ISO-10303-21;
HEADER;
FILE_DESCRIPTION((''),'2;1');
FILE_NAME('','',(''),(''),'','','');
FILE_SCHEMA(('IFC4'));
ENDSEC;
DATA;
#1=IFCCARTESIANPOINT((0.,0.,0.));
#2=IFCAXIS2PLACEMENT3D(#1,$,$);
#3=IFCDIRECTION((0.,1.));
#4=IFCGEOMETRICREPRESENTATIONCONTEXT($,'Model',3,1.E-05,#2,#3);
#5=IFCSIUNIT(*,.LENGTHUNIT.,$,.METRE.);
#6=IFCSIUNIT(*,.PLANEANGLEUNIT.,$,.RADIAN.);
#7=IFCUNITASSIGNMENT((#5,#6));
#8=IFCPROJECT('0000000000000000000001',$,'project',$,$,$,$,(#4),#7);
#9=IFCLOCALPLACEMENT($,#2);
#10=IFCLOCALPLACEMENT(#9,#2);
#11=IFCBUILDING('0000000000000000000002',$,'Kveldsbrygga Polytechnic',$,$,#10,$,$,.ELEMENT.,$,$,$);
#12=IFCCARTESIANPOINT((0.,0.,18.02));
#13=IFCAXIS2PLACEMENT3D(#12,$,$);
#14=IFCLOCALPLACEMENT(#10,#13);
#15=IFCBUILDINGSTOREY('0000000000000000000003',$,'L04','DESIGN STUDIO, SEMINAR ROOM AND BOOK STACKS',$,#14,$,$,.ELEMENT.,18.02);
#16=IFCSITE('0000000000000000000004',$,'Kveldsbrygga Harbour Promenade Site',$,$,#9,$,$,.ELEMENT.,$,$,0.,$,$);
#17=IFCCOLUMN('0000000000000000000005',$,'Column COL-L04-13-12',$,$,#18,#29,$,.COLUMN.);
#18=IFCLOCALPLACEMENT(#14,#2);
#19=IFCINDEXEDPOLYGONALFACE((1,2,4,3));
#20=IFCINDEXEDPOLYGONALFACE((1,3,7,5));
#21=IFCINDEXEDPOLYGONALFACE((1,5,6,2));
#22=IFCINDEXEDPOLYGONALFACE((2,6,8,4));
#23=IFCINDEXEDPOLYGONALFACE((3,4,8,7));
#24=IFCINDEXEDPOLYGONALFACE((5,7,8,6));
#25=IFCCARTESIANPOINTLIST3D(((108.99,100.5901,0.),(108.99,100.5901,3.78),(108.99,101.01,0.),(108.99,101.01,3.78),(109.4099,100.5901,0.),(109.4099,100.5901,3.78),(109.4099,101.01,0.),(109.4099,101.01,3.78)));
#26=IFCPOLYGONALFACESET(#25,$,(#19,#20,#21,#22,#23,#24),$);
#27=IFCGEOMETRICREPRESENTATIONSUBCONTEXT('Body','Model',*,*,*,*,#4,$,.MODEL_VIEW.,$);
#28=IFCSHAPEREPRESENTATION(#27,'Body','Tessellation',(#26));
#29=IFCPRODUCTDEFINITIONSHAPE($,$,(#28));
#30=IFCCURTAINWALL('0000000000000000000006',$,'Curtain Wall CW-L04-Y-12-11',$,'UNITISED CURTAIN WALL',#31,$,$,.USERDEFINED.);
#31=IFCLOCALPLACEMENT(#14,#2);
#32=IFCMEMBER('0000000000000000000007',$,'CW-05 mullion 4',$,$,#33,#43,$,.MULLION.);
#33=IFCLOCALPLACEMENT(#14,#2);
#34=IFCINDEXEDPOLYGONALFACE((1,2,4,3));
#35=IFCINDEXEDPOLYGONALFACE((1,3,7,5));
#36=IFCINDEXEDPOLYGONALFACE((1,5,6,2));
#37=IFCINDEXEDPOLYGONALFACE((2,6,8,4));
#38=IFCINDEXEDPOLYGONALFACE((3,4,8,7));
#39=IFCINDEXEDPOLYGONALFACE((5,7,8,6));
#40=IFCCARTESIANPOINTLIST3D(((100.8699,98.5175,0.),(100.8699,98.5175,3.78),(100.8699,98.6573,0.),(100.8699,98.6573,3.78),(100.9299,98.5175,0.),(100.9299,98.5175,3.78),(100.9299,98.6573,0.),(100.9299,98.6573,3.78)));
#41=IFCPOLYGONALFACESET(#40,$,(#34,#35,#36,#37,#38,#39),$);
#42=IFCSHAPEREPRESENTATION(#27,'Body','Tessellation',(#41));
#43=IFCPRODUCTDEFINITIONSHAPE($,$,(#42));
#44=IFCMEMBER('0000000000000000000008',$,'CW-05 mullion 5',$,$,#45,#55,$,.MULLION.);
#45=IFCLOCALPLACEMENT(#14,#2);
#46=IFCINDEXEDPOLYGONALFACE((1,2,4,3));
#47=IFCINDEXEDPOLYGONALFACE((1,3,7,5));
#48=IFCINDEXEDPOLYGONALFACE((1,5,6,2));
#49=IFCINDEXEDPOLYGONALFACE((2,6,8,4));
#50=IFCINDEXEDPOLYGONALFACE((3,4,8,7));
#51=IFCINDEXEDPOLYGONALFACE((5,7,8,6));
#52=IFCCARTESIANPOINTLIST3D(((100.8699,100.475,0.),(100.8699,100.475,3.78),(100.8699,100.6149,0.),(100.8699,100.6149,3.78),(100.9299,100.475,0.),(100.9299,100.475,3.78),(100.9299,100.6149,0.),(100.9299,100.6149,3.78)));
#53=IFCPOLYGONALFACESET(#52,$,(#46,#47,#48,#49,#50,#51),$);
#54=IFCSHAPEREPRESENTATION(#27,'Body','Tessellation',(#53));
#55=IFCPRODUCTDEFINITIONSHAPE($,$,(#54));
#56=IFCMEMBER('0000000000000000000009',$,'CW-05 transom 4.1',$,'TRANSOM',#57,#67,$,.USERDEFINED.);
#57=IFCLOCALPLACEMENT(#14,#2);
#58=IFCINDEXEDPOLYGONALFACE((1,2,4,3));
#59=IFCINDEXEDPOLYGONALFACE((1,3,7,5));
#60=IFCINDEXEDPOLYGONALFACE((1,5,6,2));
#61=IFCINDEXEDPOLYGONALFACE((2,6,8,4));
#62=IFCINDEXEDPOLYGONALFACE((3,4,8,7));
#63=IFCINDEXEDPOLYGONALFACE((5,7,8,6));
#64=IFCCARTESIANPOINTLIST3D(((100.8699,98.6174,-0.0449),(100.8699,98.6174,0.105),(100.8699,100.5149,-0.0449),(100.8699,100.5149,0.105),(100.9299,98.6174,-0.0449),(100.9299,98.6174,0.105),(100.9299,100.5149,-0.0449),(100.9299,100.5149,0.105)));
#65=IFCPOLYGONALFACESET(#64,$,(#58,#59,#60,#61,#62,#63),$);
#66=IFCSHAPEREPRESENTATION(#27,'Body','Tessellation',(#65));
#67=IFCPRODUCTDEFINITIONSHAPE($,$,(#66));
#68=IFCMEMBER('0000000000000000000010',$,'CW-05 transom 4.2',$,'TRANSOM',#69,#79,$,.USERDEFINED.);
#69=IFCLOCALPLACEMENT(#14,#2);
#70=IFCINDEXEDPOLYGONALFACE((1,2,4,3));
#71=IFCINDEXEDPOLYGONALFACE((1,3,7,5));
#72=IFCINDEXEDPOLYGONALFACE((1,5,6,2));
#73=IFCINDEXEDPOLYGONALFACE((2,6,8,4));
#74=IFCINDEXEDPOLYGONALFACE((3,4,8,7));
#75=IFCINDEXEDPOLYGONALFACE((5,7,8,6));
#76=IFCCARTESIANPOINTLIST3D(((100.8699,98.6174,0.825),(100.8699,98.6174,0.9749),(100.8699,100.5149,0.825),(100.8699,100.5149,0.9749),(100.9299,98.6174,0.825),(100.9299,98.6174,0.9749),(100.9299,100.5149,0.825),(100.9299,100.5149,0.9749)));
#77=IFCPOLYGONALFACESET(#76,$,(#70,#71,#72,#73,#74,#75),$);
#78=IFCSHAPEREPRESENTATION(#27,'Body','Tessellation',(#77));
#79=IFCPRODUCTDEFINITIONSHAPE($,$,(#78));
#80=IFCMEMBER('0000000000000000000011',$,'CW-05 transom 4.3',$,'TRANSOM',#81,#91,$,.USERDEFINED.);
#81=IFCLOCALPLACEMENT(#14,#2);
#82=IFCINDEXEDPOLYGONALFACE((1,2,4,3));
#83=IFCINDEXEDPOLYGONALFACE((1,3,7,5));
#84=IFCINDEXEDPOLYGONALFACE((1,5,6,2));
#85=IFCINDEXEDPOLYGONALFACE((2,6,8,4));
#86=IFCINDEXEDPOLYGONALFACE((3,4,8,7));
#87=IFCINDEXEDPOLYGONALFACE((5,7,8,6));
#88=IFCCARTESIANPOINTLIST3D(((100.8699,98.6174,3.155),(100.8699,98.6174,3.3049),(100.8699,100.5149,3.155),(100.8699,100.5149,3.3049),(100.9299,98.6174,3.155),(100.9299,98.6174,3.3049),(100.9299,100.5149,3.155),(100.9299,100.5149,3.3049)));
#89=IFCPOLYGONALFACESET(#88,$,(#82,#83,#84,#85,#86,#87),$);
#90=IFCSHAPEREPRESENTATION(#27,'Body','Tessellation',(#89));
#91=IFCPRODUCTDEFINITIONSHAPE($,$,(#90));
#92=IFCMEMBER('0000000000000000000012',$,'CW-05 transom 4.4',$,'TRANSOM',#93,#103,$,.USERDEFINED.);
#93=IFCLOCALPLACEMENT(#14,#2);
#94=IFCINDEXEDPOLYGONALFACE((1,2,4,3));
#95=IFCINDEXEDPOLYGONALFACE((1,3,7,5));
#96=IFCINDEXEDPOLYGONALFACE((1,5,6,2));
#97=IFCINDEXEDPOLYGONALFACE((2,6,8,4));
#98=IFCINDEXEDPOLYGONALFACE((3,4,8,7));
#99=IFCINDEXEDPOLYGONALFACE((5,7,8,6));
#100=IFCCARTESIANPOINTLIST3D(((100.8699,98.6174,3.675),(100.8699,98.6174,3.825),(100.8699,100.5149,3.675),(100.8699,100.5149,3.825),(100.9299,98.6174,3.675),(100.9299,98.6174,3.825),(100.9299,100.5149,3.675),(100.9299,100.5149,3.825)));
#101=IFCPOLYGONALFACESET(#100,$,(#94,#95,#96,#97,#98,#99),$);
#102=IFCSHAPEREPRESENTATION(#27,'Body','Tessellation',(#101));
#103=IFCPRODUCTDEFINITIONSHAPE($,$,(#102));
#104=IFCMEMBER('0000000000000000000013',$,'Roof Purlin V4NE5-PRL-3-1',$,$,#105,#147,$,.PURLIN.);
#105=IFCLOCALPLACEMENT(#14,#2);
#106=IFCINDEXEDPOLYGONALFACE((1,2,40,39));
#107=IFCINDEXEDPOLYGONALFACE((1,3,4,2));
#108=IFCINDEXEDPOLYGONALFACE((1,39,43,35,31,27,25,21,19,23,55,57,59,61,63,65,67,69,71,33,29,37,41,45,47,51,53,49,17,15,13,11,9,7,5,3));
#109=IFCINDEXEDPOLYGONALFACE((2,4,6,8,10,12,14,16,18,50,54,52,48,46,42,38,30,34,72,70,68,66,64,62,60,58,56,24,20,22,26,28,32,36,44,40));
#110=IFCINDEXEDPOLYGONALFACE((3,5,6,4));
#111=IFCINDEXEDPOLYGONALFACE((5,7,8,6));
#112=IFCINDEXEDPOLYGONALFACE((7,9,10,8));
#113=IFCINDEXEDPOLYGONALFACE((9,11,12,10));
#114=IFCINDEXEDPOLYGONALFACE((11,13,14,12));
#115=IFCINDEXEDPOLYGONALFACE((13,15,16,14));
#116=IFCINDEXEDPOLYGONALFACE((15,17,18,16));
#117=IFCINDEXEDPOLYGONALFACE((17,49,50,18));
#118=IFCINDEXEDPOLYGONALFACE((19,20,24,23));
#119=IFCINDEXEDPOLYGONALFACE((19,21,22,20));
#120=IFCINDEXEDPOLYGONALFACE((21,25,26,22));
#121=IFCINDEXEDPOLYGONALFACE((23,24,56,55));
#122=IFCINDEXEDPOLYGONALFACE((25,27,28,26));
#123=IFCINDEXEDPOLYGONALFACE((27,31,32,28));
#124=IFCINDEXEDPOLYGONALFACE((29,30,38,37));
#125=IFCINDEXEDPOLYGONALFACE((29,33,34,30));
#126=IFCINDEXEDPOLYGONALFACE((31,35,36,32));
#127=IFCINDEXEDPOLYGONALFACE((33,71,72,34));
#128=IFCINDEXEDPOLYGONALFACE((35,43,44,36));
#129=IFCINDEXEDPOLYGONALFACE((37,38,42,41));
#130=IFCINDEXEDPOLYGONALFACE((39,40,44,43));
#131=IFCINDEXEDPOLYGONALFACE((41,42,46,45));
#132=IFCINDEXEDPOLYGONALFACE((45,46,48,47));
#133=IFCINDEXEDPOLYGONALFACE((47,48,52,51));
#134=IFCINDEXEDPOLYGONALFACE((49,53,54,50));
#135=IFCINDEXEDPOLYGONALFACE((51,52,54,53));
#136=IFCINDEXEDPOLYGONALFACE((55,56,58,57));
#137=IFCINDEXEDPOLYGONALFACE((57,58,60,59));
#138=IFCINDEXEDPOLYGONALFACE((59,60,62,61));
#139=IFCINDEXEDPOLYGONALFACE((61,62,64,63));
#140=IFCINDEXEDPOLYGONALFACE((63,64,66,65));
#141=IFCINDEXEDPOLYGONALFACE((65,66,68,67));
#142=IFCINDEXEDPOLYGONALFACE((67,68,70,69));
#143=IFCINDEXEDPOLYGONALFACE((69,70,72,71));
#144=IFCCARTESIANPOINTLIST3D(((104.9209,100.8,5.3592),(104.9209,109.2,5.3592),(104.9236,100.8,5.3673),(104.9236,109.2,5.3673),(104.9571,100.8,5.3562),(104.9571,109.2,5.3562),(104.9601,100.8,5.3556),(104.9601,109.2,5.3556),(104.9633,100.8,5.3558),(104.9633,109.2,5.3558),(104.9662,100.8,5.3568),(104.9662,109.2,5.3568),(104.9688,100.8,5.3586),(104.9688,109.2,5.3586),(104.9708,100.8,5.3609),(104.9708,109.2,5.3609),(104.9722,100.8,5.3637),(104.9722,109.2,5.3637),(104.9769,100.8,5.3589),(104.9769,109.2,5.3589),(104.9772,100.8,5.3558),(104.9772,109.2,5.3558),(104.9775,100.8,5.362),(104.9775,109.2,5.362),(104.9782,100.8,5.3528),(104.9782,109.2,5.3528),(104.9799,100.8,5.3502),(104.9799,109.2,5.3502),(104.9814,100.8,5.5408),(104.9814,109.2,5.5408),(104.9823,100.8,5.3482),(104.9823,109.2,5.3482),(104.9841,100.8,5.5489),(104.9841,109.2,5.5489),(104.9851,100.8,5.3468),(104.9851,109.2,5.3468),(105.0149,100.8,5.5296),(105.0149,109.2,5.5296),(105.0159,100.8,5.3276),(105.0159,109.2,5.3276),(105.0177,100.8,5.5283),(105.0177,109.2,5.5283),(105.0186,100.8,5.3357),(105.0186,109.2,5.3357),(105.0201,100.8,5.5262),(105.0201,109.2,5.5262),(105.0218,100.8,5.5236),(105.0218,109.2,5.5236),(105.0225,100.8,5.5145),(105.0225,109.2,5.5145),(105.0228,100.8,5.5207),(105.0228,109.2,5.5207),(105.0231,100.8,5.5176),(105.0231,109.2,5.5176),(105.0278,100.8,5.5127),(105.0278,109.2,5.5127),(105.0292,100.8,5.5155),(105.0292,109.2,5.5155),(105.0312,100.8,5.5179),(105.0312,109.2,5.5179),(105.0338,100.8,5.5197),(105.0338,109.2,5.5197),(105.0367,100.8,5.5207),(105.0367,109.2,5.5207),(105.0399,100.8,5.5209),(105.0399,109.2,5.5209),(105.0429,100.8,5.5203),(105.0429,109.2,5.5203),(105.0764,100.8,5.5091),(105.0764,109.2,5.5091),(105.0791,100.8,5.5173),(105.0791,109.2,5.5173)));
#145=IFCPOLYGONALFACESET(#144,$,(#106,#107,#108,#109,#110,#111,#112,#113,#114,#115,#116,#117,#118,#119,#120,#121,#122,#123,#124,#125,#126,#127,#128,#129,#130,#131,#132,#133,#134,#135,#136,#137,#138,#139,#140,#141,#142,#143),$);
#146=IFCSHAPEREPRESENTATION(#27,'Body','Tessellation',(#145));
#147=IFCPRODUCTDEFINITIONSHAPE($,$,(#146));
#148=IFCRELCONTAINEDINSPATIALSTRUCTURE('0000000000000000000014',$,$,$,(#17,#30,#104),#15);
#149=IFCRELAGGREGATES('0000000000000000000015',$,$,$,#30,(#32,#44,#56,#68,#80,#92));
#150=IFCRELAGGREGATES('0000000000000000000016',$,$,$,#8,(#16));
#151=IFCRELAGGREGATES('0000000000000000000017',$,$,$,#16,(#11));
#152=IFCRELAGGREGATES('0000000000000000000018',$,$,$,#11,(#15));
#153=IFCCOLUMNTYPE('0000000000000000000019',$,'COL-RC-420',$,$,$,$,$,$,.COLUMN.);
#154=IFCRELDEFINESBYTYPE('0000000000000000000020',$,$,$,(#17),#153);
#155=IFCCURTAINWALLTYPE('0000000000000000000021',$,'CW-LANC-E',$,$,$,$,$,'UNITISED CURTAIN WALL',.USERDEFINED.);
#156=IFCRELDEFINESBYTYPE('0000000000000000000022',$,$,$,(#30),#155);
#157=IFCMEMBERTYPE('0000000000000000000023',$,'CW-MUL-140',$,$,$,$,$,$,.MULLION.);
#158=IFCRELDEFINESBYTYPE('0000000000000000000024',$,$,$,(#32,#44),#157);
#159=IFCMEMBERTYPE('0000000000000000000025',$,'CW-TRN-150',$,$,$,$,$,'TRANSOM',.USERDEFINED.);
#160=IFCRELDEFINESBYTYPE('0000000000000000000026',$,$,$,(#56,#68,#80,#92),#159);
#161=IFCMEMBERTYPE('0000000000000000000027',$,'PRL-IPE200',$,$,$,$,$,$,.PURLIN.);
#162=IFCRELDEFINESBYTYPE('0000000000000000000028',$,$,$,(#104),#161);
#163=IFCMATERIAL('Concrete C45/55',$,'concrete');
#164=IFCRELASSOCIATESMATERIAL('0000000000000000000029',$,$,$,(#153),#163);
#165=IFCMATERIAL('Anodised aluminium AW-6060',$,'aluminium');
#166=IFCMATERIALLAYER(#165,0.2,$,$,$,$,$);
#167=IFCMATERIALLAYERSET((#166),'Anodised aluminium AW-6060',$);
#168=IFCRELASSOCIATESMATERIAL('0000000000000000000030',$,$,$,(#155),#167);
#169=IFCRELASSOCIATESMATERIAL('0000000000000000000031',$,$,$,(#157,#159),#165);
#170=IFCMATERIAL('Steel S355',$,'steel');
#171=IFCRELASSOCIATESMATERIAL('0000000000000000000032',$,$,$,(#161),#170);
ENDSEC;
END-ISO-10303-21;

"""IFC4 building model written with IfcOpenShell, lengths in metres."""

from ifc_helpers import new_model, si_unit, direction, frame, origin, origin_2d, place, context, subcontext, project, spatial, rectangle, i_section, extrude, material, layer, layer_set, material_profile, profile_set, type_object, element, aggregate, save


model = new_model("IFC4")

# Units and contexts
model_context = context("Model", 3, precision=1e-05, world=origin(), true_north=direction((0.0, 1.0)))
body_context = subcontext(model_context, "Body", "Model", "MODEL_VIEW")
ifc_project = project(units=[si_unit("LENGTHUNIT", "METRE"), si_unit("PLANEANGLEUNIT", "RADIAN")], contexts=[model_context])

# Site, building, storey
site_placement = place(None, origin())
site = spatial("IfcSite", under=ifc_project, at=site_placement, Name="Kveldsbrygga Harbour Promenade Site", CompositionType="ELEMENT", RefElevation=0.0)
building_placement = place(site_placement, origin())
building = spatial("IfcBuilding", under=site, at=building_placement, Name="Kveldsbrygga Polytechnic", CompositionType="ELEMENT")
storey_placement = place(building_placement, frame((0.0, 0.0, 18.02)))
storey = spatial("IfcBuildingStorey", under=building, at=storey_placement, Name="L04", Description="DESIGN STUDIO, SEMINAR ROOM AND BOOK STACKS", CompositionType="ELEMENT", Elevation=18.02)

# Column
ifc_material_1 = material(Name="Concrete C45/55", Category="concrete")
ifc_material_profile_1 = material_profile(ifc_material_1, rectangle(XDim=0.4199, YDim=0.4199, at=origin_2d()), Name="RC 420x420")
ifc_profile_set_1 = profile_set([ifc_material_profile_1], Name="Concrete C45/55")
column_type = type_object("IfcColumnType", Name="COL-RC-420", PredefinedType="COLUMN", material=ifc_profile_set_1)
column_placement = place(storey_placement, frame((109.2, 100.8, 0.0), z_axis=(0.0, 0.0, 1.0), x_axis=(1.0, 0.0, 0.0)))
element("IfcColumn", 1, at=column_placement, inside=storey, type_object=column_type, Name="Column COL-L04-13-12", PredefinedType="COLUMN", context=body_context, shape_type="SweptSolid", body=[
    extrude(rectangle(XDim=0.4199, YDim=0.4199, at=origin_2d()), origin(), (0.0, 0.0, 1.0), 3.78),
])

# Curtain wall, members
ifc_material_2 = material(Name="Anodised aluminium AW-6060", Category="aluminium")
ifc_layer_1 = layer(ifc_material_2, 0.2)
ifc_layer_set_1 = layer_set([ifc_layer_1], Name="Anodised aluminium AW-6060")
curtain_wall_type = type_object("IfcCurtainWallType", Name="CW-LANC-E", ElementType="UNITISED CURTAIN WALL", PredefinedType="USERDEFINED", material=ifc_layer_set_1)
curtain_wall_placement = place(storey_placement, origin())
curtain_wall = element("IfcCurtainWall", 2, at=curtain_wall_placement, inside=storey, type_object=curtain_wall_type, Name="Curtain Wall CW-L04-Y-12-11", ObjectType="UNITISED CURTAIN WALL", PredefinedType="USERDEFINED")
ifc_material_profile_2 = material_profile(ifc_material_2, rectangle(XDim=0.0601, YDim=0.1399, at=origin_2d()), Name="ALU 60x140")
ifc_profile_set_2 = profile_set([ifc_material_profile_2], Name="Anodised aluminium AW-6060")
member_type_1 = type_object("IfcMemberType", Name="CW-MUL-140", PredefinedType="MULLION", material=ifc_profile_set_2)
member_1_placement = place(storey_placement, frame((100.8999, 98.5874, 0.0), z_axis=(0.0, 0.0, 1.0), x_axis=(-1.0, 0.0, 0.0)))
member_1 = element("IfcMember", 3, at=member_1_placement, type_object=member_type_1, Name="CW-05 mullion 4", PredefinedType="MULLION", context=body_context, shape_type="SweptSolid", body=[
    extrude(rectangle(XDim=0.0601, YDim=0.1399, at=origin_2d()), origin(), (0.0, 0.0, 1.0), 3.78),
])
member_2_placement = place(storey_placement, frame((100.8999, 100.5449, 0.0), z_axis=(0.0, 0.0, 1.0), x_axis=(-1.0, 0.0, 0.0)))
member_2 = element("IfcMember", 4, at=member_2_placement, type_object=member_type_1, Name="CW-05 mullion 5", PredefinedType="MULLION", context=body_context, shape_type="SweptSolid", body=[
    extrude(rectangle(XDim=0.0601, YDim=0.1399, at=origin_2d()), origin(), (0.0, 0.0, 1.0), 3.78),
])
ifc_material_profile_3 = material_profile(ifc_material_2, rectangle(XDim=0.0601, YDim=0.1499, at=origin_2d()), Name="ALU 60x150")
ifc_profile_set_3 = profile_set([ifc_material_profile_3], Name="Anodised aluminium AW-6060")
member_type_2 = type_object("IfcMemberType", Name="CW-TRN-150", ElementType="TRANSOM", PredefinedType="USERDEFINED", material=ifc_profile_set_3)
member_3_placement = place(storey_placement, frame((100.8999, 98.6174, 0.03), z_axis=(0.0, 1.0, 0.0), x_axis=(-1.0, 0.0, 0.0)))
member_3 = element("IfcMember", 5, at=member_3_placement, type_object=member_type_2, Name="CW-05 transom 4.1", ObjectType="TRANSOM", PredefinedType="USERDEFINED", context=body_context, shape_type="SweptSolid", body=[
    extrude(rectangle(XDim=0.0601, YDim=0.1499, at=origin_2d()), origin(), (0.0, 0.0, 1.0), 1.8975),
])
member_4_placement = place(storey_placement, frame((100.8999, 98.6174, 0.8999), z_axis=(0.0, 1.0, 0.0), x_axis=(-1.0, 0.0, 0.0)))
member_4 = element("IfcMember", 6, at=member_4_placement, type_object=member_type_2, Name="CW-05 transom 4.2", ObjectType="TRANSOM", PredefinedType="USERDEFINED", context=body_context, shape_type="SweptSolid", body=[
    extrude(rectangle(XDim=0.0601, YDim=0.1499, at=origin_2d()), origin(), (0.0, 0.0, 1.0), 1.8975),
])
member_5_placement = place(storey_placement, frame((100.8999, 98.6174, 3.23), z_axis=(0.0, 1.0, 0.0), x_axis=(-1.0, 0.0, 0.0)))
member_5 = element("IfcMember", 7, at=member_5_placement, type_object=member_type_2, Name="CW-05 transom 4.3", ObjectType="TRANSOM", PredefinedType="USERDEFINED", context=body_context, shape_type="SweptSolid", body=[
    extrude(rectangle(XDim=0.0601, YDim=0.1499, at=origin_2d()), origin(), (0.0, 0.0, 1.0), 1.8975),
])
member_6_placement = place(storey_placement, frame((100.8999, 98.6174, 3.75), z_axis=(0.0, 1.0, 0.0), x_axis=(-1.0, 0.0, 0.0)))
member_6 = element("IfcMember", 8, at=member_6_placement, type_object=member_type_2, Name="CW-05 transom 4.4", ObjectType="TRANSOM", PredefinedType="USERDEFINED", context=body_context, shape_type="SweptSolid", body=[
    extrude(rectangle(XDim=0.0601, YDim=0.1499, at=origin_2d()), origin(), (0.0, 0.0, 1.0), 1.8975),
])

# Member
ifc_material_3 = material(Name="Steel S355", Category="steel")
ifc_material_profile_4 = material_profile(ifc_material_3, i_section(OverallWidth=0.1001, OverallDepth=0.2, WebThickness=0.0056, FlangeThickness=0.0085, FilletRadius=0.012, at=origin_2d()), Name="IPE 200")
ifc_profile_set_4 = profile_set([ifc_material_profile_4], Name="Steel S355")
member_type_3 = type_object("IfcMemberType", Name="PRL-IPE200", PredefinedType="PURLIN", material=ifc_profile_set_4)
member_7_placement = place(storey_placement, frame((105.0, 100.8, 5.4382), z_axis=(0.0, 1.0, 0.0), x_axis=(-0.948684, 0.0, 0.316227)))
element("IfcMember", 9, at=member_7_placement, inside=storey, type_object=member_type_3, Name="Roof Purlin V4NE5-PRL-3-1", PredefinedType="PURLIN", context=body_context, shape_type="SweptSolid", body=[
    extrude(i_section(OverallWidth=0.1001, OverallDepth=0.2, WebThickness=0.0056, FlangeThickness=0.0085, FilletRadius=0.012, at=origin_2d()), origin(), (0.0, 0.0, 1.0), 8.3999),
])

aggregate(curtain_wall, [member_1, member_2, member_3, member_4, member_5, member_6])

save(model, "model.ifc")
